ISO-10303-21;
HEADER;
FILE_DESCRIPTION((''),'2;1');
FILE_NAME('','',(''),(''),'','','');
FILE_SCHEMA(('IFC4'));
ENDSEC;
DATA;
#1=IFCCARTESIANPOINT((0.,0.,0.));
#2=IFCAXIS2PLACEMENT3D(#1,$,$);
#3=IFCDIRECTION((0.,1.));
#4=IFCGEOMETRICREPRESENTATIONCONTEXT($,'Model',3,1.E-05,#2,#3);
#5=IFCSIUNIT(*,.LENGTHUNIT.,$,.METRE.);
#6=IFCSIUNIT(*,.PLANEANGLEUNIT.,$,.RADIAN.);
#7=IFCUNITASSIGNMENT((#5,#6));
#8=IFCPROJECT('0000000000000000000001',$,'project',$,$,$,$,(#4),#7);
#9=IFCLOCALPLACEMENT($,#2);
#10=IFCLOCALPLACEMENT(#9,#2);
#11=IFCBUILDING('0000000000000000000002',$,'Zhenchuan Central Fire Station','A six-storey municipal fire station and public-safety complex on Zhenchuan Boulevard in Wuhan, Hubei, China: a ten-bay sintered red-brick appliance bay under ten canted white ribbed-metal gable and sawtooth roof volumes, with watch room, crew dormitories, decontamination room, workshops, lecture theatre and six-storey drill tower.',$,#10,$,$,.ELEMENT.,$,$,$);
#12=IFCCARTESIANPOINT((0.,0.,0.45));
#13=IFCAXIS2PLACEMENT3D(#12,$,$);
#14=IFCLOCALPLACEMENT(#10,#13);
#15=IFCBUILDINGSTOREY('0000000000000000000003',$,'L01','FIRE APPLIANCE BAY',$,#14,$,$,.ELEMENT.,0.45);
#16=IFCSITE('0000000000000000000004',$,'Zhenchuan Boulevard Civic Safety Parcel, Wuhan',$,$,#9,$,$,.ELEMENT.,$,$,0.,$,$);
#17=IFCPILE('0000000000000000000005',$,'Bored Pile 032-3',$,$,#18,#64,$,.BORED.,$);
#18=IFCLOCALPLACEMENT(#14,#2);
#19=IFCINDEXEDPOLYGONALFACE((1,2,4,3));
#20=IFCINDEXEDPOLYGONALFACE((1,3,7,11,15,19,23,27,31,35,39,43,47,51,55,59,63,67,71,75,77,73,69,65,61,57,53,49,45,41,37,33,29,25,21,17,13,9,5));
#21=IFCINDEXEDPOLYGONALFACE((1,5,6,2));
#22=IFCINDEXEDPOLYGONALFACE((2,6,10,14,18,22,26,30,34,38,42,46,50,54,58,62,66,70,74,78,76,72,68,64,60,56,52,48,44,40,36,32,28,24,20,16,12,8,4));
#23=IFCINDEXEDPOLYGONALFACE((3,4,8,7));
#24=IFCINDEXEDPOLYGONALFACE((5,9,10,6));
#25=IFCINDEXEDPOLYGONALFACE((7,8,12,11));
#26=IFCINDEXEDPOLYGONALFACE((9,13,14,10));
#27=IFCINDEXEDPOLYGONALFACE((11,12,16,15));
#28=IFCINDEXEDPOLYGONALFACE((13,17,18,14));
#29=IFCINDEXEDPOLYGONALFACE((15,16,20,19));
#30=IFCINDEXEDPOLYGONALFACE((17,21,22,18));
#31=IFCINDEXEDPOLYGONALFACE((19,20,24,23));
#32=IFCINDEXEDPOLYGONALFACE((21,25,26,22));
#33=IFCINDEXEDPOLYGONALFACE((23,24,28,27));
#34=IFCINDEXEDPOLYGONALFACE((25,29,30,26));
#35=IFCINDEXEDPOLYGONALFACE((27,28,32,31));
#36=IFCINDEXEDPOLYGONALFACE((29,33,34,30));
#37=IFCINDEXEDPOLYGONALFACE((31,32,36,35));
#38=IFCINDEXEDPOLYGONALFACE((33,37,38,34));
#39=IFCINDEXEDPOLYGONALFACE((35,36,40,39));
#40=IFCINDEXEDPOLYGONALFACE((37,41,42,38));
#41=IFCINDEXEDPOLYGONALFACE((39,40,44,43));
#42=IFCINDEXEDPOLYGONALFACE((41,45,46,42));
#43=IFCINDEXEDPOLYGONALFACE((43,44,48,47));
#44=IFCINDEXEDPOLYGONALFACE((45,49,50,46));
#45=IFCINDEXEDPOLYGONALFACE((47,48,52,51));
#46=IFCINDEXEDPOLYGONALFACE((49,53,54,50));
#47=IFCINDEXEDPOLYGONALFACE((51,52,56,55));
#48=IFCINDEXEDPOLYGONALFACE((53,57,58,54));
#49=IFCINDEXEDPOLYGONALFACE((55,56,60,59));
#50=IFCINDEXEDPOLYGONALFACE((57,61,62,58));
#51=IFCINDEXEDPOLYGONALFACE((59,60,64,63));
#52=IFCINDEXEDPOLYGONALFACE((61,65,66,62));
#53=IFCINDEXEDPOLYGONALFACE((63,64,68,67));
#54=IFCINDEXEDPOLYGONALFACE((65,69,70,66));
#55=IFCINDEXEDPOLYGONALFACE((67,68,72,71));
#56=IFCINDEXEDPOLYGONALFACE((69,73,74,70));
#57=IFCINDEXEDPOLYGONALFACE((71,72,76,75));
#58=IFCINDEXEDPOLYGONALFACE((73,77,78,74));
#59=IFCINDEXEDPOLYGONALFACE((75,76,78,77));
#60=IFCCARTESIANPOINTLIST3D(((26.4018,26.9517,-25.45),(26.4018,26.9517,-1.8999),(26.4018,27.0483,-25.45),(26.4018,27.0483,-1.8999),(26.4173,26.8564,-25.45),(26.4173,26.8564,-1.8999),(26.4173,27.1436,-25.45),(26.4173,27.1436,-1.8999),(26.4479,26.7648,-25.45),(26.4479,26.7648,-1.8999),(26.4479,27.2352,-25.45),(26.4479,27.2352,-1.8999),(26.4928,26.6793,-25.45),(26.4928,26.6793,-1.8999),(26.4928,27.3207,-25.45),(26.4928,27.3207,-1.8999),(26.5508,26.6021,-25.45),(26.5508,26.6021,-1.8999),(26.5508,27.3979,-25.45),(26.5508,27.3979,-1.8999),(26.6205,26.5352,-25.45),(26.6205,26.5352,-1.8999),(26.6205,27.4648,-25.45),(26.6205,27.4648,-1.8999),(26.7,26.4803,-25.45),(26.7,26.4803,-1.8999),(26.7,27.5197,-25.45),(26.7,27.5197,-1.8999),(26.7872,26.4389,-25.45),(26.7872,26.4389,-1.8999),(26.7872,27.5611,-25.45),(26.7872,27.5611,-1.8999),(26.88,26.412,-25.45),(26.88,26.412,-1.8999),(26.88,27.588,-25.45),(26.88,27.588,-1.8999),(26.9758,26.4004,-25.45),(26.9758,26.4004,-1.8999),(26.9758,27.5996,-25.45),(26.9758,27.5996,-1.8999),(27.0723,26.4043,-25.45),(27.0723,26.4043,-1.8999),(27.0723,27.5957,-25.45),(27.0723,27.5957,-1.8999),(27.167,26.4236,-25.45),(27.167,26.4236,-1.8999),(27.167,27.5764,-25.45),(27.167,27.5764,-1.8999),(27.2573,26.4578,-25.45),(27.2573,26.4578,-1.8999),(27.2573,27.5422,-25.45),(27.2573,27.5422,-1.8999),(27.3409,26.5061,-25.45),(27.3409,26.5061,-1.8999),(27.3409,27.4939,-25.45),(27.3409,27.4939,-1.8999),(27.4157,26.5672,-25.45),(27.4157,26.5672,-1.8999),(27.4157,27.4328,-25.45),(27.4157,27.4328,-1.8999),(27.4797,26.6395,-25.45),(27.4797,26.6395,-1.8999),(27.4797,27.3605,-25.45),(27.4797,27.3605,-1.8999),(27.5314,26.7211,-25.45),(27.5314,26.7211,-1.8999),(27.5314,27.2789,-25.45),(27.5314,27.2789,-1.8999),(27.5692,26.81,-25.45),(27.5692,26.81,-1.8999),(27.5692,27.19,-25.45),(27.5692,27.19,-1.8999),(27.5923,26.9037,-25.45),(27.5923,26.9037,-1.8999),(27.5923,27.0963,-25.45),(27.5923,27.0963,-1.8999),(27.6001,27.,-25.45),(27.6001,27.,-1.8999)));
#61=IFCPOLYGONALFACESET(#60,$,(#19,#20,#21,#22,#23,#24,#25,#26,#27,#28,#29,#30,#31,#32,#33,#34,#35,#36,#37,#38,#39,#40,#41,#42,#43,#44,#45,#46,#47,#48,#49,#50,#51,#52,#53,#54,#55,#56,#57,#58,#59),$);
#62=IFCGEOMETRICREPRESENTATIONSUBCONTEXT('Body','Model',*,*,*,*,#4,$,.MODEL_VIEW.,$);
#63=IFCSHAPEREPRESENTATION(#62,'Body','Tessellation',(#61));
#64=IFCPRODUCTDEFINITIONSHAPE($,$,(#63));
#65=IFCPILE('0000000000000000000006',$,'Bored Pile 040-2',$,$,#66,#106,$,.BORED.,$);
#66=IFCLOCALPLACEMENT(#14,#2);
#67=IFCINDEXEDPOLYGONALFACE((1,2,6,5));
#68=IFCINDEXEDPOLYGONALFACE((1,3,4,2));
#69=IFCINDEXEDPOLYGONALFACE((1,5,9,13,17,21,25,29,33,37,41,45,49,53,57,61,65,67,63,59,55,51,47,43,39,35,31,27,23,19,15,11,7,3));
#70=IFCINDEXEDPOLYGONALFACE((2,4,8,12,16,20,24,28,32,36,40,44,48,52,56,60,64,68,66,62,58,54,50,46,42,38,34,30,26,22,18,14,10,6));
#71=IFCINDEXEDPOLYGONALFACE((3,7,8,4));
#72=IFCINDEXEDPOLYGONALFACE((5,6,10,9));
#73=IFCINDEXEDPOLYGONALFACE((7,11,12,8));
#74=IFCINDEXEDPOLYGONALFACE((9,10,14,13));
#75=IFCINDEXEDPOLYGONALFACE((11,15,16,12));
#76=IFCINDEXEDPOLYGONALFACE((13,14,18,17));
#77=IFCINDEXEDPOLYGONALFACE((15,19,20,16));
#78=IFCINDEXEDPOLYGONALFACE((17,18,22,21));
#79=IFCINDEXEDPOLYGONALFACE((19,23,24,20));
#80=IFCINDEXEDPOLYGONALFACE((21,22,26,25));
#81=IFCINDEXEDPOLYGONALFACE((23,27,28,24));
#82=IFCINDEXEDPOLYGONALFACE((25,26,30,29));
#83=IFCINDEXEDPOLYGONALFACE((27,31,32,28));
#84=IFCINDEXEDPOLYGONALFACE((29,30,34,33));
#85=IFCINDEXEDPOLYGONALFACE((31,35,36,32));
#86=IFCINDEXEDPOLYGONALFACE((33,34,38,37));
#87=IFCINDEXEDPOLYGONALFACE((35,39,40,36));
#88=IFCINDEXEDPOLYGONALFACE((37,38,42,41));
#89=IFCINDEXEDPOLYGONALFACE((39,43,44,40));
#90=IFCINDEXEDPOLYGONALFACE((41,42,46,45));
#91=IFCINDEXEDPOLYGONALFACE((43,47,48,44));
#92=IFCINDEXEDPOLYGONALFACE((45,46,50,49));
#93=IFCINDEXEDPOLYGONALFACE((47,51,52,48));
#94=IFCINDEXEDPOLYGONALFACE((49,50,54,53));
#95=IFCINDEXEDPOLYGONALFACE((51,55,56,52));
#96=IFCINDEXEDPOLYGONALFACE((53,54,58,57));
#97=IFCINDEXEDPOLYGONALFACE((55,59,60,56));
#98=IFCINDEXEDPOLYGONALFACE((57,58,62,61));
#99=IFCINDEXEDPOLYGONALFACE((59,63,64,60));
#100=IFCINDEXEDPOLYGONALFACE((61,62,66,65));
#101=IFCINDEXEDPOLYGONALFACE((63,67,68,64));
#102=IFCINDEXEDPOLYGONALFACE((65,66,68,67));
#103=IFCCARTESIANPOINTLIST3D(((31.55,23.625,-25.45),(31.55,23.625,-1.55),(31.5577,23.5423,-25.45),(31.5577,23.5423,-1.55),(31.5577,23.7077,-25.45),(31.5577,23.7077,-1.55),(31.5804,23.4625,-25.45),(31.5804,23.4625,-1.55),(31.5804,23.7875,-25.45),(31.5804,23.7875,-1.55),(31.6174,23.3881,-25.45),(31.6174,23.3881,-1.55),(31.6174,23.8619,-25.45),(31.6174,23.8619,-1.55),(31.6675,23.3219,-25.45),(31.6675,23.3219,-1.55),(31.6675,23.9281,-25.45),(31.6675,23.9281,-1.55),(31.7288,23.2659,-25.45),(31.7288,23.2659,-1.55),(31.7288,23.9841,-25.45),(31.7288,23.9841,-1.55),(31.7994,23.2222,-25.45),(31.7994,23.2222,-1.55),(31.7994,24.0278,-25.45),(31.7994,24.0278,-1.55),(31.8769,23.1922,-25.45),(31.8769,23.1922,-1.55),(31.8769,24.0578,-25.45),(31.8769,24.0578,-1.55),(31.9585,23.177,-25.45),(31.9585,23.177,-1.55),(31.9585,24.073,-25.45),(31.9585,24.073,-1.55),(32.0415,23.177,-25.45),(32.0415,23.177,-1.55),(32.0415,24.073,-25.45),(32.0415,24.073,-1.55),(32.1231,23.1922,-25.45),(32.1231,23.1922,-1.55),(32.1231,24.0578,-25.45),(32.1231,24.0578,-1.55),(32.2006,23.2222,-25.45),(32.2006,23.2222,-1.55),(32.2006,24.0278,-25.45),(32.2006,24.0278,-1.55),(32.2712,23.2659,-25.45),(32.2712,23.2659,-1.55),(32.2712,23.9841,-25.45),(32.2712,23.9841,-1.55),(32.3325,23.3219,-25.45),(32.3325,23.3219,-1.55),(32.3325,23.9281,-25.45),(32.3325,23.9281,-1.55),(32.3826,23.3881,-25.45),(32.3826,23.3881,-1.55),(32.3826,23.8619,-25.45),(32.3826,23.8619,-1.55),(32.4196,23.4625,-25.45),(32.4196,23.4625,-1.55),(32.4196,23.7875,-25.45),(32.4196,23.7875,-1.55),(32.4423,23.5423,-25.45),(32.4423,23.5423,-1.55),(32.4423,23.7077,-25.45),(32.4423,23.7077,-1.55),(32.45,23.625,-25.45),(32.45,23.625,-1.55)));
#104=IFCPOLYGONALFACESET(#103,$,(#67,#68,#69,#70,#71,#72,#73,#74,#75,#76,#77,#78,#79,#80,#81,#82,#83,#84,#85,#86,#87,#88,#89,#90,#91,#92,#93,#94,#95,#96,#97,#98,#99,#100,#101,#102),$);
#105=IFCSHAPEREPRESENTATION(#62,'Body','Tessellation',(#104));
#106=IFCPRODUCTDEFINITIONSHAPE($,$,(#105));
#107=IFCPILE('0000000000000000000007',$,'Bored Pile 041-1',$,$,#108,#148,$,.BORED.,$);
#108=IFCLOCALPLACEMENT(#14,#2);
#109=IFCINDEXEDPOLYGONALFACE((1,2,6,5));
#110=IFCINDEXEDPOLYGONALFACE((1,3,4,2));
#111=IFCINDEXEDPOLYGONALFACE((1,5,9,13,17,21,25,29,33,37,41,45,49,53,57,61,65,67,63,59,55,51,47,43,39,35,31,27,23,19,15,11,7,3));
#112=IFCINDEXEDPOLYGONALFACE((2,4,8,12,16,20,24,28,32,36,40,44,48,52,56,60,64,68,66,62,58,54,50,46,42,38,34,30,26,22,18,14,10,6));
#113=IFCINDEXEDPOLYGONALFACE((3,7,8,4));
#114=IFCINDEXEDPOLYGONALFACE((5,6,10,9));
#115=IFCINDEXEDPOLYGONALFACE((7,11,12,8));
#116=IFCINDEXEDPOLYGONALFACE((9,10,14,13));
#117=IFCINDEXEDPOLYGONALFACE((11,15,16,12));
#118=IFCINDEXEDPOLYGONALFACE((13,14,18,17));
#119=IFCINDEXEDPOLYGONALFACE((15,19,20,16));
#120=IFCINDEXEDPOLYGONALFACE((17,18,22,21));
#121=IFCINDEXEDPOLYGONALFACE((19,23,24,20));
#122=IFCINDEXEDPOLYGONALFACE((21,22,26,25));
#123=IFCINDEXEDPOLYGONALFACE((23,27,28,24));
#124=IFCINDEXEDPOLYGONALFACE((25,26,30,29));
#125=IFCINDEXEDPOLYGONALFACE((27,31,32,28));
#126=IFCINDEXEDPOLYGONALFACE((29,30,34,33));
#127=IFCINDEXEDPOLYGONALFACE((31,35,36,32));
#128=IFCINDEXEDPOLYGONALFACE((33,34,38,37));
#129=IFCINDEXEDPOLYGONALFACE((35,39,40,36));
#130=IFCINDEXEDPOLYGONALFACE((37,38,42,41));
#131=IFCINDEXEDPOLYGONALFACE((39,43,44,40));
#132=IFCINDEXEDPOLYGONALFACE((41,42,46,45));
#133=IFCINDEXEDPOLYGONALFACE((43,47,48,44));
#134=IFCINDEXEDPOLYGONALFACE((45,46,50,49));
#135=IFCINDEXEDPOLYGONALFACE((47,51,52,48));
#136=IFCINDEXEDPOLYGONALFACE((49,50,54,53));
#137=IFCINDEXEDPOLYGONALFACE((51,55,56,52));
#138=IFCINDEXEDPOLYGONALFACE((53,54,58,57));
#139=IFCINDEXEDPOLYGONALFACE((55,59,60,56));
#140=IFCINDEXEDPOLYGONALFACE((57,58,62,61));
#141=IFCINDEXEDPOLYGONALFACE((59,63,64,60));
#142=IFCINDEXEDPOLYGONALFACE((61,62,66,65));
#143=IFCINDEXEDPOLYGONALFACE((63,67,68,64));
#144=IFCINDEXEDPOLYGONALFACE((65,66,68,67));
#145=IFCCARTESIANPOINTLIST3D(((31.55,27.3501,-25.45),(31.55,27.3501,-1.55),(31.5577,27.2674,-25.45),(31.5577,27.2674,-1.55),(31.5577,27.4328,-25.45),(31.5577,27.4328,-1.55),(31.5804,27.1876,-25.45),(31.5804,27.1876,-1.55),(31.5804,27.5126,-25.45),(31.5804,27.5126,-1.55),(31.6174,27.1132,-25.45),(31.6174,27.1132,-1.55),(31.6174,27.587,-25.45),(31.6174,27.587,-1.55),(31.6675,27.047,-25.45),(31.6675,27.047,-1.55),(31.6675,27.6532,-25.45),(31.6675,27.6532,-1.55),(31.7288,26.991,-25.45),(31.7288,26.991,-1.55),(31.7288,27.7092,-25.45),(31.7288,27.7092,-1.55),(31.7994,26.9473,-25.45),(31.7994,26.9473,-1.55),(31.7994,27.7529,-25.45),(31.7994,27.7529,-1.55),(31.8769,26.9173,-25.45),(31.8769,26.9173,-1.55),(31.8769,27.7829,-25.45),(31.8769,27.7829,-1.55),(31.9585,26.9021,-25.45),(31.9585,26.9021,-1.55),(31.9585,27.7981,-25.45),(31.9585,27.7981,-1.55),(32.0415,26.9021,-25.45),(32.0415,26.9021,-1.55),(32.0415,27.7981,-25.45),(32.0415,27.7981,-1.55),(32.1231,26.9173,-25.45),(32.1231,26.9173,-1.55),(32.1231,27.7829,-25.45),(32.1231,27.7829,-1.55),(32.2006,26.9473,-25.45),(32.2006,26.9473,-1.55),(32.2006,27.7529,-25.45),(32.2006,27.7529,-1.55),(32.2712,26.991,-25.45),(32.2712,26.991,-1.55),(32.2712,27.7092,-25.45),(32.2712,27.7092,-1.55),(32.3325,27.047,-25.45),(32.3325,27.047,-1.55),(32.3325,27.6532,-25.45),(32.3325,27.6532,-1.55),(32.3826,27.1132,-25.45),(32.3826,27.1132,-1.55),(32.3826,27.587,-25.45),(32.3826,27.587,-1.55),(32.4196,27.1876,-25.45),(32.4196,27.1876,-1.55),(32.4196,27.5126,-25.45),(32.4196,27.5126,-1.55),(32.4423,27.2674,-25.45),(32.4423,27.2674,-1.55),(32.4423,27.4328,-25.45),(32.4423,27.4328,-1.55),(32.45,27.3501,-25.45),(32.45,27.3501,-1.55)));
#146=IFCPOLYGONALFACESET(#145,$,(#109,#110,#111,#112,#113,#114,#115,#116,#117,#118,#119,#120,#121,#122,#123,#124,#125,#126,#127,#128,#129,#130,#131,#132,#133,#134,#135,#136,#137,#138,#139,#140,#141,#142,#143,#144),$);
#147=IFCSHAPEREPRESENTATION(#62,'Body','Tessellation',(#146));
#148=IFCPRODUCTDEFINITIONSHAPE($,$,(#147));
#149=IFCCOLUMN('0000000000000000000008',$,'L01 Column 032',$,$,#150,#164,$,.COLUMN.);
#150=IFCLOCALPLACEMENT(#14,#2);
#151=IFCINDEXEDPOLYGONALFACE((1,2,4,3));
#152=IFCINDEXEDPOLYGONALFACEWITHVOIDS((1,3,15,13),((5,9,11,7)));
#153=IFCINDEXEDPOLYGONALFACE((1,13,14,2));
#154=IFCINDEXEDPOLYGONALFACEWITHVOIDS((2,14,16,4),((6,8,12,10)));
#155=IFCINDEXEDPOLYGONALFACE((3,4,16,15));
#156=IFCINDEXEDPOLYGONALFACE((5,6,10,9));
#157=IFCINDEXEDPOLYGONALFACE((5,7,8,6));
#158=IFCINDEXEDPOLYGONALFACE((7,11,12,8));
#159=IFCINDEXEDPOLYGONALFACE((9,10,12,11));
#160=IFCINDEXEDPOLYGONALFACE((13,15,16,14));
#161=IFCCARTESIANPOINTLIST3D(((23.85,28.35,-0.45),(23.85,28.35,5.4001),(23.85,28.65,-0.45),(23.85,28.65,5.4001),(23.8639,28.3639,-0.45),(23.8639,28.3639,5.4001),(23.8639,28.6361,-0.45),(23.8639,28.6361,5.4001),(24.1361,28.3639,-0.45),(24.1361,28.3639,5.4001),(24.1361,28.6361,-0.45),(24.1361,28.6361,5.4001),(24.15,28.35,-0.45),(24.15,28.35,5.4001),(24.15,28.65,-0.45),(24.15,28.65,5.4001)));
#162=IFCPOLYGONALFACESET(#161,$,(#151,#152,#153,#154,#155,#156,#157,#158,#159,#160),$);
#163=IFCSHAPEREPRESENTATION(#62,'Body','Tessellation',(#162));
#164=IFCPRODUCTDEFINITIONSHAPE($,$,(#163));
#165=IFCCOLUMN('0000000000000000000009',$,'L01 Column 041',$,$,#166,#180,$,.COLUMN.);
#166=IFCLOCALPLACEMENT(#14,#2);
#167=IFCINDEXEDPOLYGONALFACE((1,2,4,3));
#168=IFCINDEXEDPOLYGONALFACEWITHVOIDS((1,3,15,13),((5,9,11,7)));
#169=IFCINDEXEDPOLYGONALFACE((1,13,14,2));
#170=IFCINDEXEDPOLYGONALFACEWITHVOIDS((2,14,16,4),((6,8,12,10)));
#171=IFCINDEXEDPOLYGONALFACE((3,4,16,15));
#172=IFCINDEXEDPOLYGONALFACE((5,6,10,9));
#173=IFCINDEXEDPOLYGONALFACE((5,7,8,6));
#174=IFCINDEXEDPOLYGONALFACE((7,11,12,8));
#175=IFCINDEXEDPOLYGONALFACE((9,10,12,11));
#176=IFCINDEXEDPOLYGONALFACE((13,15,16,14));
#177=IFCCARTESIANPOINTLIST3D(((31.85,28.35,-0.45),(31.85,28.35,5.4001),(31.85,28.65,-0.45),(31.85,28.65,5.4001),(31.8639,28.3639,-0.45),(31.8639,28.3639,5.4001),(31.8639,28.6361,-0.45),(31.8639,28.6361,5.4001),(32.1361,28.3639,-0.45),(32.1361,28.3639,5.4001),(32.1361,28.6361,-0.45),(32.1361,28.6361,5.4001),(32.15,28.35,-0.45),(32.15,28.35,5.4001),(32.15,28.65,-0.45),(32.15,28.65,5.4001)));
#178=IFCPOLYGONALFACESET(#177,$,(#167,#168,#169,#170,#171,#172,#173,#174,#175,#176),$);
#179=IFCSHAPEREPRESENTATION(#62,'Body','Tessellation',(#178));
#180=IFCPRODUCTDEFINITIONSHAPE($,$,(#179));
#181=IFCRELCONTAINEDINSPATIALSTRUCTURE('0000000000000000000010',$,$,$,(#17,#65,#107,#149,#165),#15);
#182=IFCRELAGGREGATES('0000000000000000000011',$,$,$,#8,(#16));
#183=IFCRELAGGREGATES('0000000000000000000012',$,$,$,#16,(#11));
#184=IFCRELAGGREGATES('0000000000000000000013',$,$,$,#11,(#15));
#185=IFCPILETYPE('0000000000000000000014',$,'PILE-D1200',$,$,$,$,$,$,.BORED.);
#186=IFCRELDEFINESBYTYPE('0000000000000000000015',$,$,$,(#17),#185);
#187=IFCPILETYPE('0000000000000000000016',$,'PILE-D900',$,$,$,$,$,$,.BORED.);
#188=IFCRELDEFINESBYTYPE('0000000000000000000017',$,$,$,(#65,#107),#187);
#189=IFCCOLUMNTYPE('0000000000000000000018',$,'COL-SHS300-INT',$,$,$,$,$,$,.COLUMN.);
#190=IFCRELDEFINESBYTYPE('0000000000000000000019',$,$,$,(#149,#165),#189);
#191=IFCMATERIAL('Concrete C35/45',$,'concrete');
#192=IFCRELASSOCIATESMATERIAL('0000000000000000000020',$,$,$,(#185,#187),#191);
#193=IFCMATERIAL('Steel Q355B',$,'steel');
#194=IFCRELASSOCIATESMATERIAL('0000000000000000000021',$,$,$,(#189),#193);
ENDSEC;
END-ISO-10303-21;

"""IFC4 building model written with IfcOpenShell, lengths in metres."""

from ifc_helpers import new_model, si_unit, direction, frame, origin, origin_2d, place, context, subcontext, project, spatial, hollow_rectangle, circle, extrude, material, material_profile, profile_set, type_object, element, save


model = new_model("IFC4")

# Units and contexts
model_context = context("Model", 3, precision=1e-05, world=origin(), true_north=direction((0.0, 1.0)))
body_context = subcontext(model_context, "Body", "Model", "MODEL_VIEW")
ifc_project = project(units=[si_unit("LENGTHUNIT", "METRE"), si_unit("PLANEANGLEUNIT", "RADIAN")], contexts=[model_context])

# Site, building, storey
site_placement = place(None, origin())
site = spatial("IfcSite", under=ifc_project, at=site_placement, Name="Zhenchuan Boulevard Civic Safety Parcel, Wuhan", CompositionType="ELEMENT", RefElevation=0.0)
building_placement = place(site_placement, origin())
building = spatial("IfcBuilding", under=site, at=building_placement, Name="Zhenchuan Central Fire Station", Description="A six-storey municipal fire station and public-safety complex on Zhenchuan Boulevard in Wuhan, Hubei, China: a ten-bay sintered red-brick appliance bay under ten canted white ribbed-metal gable and sawtooth roof volumes, with watch room, crew dormitories, decontamination room, workshops, lecture theatre and six-storey drill tower.", CompositionType="ELEMENT")
storey_placement = place(building_placement, frame((0.0, 0.0, 0.45)))
storey = spatial("IfcBuildingStorey", under=building, at=storey_placement, Name="L01", Description="FIRE APPLIANCE BAY", CompositionType="ELEMENT", Elevation=0.45)

# Piles
ifc_material_1 = material(Name="Concrete C35/45", Category="concrete")
ifc_material_profile_1 = material_profile(ifc_material_1, circle(Radius=0.6001, at=origin_2d()), Name="PILE D1200")
ifc_profile_set_1 = profile_set([ifc_material_profile_1], Name="Concrete C35/45")
pile_type_1 = type_object("IfcPileType", Name="PILE-D1200", PredefinedType="BORED", material=ifc_profile_set_1)
for number, where, z_axis, x_axis, name in (
    (1, (27.0, 27.0, -1.8999), (0.0, 0.0, -1.0), (1.0, 0.0, 0.0), "Bored Pile 032-3"),
):
    element("IfcPile", number, at=place(storey_placement, frame(where, z_axis=z_axis, x_axis=x_axis)), inside=storey, type_object=pile_type_1, Name=name, PredefinedType="BORED", context=body_context, shape_type="SweptSolid", body=[
        extrude(circle(Radius=0.6001, at=origin_2d()), origin(), (0.0, 0.0, 1.0), 23.55),
    ])
ifc_material_profile_2 = material_profile(ifc_material_1, circle(Radius=0.45, at=origin_2d()), Name="PILE D900")
ifc_profile_set_2 = profile_set([ifc_material_profile_2], Name="Concrete C35/45")
pile_type_2 = type_object("IfcPileType", Name="PILE-D900", PredefinedType="BORED", material=ifc_profile_set_2)
for number, where, z_axis, x_axis, name in (
    (2, (32.0, 23.625, -1.55), (0.0, 0.0, -1.0), (1.0, 0.0, 0.0), "Bored Pile 040-2"),
    (3, (32.0, 27.3501, -1.55), (0.0, 0.0, -1.0), (1.0, 0.0, 0.0), "Bored Pile 041-1"),
):
    element("IfcPile", number, at=place(storey_placement, frame(where, z_axis=z_axis, x_axis=x_axis)), inside=storey, type_object=pile_type_2, Name=name, PredefinedType="BORED", context=body_context, shape_type="SweptSolid", body=[
        extrude(circle(Radius=0.45, at=origin_2d()), origin(), (0.0, 0.0, 1.0), 23.8999),
    ])

# Columns
ifc_material_2 = material(Name="Steel Q355B", Category="steel")
ifc_material_profile_3 = material_profile(ifc_material_2, hollow_rectangle(XDim=0.3, YDim=0.3, WallThickness=0.0139, at=origin_2d()), Name="SHS 300x300x14")
ifc_profile_set_3 = profile_set([ifc_material_profile_3], Name="Steel Q355B")
column_type = type_object("IfcColumnType", Name="COL-SHS300-INT", PredefinedType="COLUMN", material=ifc_profile_set_3)
for number, where, z_axis, x_axis, name in (
    (4, (24.0, 28.5, -0.45), (0.0, 0.0, 1.0), (1.0, 0.0, 0.0), "L01 Column 032"),
    (5, (32.0, 28.5, -0.45), (0.0, 0.0, 1.0), (1.0, 0.0, 0.0), "L01 Column 041"),
):
    element("IfcColumn", number, at=place(storey_placement, frame(where, z_axis=z_axis, x_axis=x_axis)), inside=storey, type_object=column_type, Name=name, PredefinedType="COLUMN", context=body_context, shape_type="SweptSolid", body=[
        extrude(hollow_rectangle(XDim=0.3, YDim=0.3, WallThickness=0.0139, at=origin_2d()), origin(), (0.0, 0.0, 1.0), 5.8501),
    ])

save(model, "model.ifc")
